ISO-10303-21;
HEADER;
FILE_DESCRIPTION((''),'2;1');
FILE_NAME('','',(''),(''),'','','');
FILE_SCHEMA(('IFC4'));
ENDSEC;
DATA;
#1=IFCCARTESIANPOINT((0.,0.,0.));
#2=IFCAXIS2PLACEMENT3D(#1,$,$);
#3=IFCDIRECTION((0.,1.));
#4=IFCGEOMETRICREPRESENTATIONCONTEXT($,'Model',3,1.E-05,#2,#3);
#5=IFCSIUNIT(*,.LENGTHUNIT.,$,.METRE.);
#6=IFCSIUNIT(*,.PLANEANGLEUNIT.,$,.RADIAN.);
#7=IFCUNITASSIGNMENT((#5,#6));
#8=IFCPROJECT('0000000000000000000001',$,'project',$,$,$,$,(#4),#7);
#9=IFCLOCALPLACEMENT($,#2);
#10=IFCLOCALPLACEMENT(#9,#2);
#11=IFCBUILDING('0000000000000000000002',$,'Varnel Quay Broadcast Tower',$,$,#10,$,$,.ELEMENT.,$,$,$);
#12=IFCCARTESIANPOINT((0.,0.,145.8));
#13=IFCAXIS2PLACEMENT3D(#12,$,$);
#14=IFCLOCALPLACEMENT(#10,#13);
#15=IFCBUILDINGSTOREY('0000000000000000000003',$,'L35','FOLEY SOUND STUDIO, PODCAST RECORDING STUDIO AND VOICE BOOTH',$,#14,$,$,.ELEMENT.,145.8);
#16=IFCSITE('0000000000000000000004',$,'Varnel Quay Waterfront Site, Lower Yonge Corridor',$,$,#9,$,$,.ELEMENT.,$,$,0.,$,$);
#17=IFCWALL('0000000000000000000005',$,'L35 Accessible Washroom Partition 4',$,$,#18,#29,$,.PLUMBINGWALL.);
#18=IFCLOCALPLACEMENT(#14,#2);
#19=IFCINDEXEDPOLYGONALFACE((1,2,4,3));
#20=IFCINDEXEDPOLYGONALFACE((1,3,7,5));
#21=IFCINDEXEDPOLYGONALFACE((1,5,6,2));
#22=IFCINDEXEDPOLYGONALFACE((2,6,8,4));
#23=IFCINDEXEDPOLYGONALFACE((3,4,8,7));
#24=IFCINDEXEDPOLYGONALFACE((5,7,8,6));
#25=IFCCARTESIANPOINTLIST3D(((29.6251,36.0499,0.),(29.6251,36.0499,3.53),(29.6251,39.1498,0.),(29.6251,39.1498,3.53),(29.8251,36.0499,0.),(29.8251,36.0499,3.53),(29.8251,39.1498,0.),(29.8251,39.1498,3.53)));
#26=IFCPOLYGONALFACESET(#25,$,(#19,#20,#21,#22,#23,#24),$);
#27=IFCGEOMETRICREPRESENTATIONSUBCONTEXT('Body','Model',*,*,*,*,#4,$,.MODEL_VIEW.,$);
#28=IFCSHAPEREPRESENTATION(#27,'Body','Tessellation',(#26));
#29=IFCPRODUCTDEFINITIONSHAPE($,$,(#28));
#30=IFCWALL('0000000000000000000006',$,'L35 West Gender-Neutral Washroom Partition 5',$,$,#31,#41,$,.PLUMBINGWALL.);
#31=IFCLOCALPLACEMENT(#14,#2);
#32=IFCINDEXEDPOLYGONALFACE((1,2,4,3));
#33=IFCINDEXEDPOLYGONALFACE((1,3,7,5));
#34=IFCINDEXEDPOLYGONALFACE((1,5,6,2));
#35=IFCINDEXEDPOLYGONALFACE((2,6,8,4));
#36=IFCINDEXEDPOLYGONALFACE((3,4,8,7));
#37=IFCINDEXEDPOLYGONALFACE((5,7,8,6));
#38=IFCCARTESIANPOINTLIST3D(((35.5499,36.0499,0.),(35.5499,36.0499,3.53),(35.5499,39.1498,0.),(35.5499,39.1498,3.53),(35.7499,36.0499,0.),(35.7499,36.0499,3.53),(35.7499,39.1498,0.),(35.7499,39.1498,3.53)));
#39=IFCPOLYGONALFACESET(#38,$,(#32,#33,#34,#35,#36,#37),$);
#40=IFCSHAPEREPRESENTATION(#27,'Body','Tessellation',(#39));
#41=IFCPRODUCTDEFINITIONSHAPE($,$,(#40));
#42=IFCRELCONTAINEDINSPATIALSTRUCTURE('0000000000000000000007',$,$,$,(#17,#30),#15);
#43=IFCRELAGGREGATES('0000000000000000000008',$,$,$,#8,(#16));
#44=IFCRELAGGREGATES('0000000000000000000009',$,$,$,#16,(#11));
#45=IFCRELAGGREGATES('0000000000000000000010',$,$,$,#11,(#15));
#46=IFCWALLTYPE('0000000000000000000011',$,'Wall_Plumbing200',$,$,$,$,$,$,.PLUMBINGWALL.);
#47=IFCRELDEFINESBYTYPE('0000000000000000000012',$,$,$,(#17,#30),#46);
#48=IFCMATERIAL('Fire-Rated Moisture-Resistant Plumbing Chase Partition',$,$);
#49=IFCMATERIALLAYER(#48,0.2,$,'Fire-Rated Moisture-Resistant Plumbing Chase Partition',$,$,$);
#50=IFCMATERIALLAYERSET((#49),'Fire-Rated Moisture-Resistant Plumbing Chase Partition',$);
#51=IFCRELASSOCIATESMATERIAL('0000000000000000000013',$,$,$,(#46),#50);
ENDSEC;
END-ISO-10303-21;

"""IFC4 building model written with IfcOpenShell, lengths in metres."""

from ifc_helpers import new_model, si_unit, direction, frame, frame_2d, origin, place, context, subcontext, project, spatial, rectangle, extrude, material, layer, layer_set, type_object, element, save


model = new_model("IFC4")

# Units and contexts
model_context = context("Model", 3, precision=1e-05, world=origin(), true_north=direction((0.0, 1.0)))
body_context = subcontext(model_context, "Body", "Model", "MODEL_VIEW")
ifc_project = project(units=[si_unit("LENGTHUNIT", "METRE"), si_unit("PLANEANGLEUNIT", "RADIAN")], contexts=[model_context])

# Site, building, storey
site_placement = place(None, origin())
site = spatial("IfcSite", under=ifc_project, at=site_placement, Name="Varnel Quay Waterfront Site, Lower Yonge Corridor", CompositionType="ELEMENT", RefElevation=0.0)
building_placement = place(site_placement, origin())
building = spatial("IfcBuilding", under=site, at=building_placement, Name="Varnel Quay Broadcast Tower", CompositionType="ELEMENT")
storey_placement = place(building_placement, frame((0.0, 0.0, 145.8)))
storey = spatial("IfcBuildingStorey", under=building, at=storey_placement, Name="L35", Description="FOLEY SOUND STUDIO, PODCAST RECORDING STUDIO AND VOICE BOOTH", CompositionType="ELEMENT", Elevation=145.8)

# Walls
ifc_material_1 = material(Name="Fire-Rated Moisture-Resistant Plumbing Chase Partition")
ifc_layer_1 = layer(ifc_material_1, 0.2, Name="Fire-Rated Moisture-Resistant Plumbing Chase Partition")
ifc_layer_set_1 = layer_set([ifc_layer_1], Name="Fire-Rated Moisture-Resistant Plumbing Chase Partition")
wall_type_1 = type_object("IfcWallType", Name="Wall_Plumbing200", PredefinedType="PLUMBINGWALL", material=ifc_layer_set_1)
for number, where, z_axis, x_axis, name in (
    (1, (29.7251, 36.05, 0.0), (0.0, 0.0, 1.0), (0.0, 1.0, 0.0), "L35 Accessible Washroom Partition 4"),
    (2, (35.6499, 36.05, 0.0), (0.0, 0.0, 1.0), (0.0, 1.0, 0.0), "L35 West Gender-Neutral Washroom Partition 5"),
):
    element("IfcWall", number, at=place(storey_placement, frame(where, z_axis=z_axis, x_axis=x_axis)), inside=storey, type_object=wall_type_1, Name=name, PredefinedType="PLUMBINGWALL", context=body_context, shape_type="SweptSolid", body=[
        extrude(rectangle(XDim=3.0999, YDim=0.2, at=frame_2d((1.5498, 0.0))), origin(), (0.0, 0.0, 1.0), 3.53),
    ])

save(model, "model.ifc")
